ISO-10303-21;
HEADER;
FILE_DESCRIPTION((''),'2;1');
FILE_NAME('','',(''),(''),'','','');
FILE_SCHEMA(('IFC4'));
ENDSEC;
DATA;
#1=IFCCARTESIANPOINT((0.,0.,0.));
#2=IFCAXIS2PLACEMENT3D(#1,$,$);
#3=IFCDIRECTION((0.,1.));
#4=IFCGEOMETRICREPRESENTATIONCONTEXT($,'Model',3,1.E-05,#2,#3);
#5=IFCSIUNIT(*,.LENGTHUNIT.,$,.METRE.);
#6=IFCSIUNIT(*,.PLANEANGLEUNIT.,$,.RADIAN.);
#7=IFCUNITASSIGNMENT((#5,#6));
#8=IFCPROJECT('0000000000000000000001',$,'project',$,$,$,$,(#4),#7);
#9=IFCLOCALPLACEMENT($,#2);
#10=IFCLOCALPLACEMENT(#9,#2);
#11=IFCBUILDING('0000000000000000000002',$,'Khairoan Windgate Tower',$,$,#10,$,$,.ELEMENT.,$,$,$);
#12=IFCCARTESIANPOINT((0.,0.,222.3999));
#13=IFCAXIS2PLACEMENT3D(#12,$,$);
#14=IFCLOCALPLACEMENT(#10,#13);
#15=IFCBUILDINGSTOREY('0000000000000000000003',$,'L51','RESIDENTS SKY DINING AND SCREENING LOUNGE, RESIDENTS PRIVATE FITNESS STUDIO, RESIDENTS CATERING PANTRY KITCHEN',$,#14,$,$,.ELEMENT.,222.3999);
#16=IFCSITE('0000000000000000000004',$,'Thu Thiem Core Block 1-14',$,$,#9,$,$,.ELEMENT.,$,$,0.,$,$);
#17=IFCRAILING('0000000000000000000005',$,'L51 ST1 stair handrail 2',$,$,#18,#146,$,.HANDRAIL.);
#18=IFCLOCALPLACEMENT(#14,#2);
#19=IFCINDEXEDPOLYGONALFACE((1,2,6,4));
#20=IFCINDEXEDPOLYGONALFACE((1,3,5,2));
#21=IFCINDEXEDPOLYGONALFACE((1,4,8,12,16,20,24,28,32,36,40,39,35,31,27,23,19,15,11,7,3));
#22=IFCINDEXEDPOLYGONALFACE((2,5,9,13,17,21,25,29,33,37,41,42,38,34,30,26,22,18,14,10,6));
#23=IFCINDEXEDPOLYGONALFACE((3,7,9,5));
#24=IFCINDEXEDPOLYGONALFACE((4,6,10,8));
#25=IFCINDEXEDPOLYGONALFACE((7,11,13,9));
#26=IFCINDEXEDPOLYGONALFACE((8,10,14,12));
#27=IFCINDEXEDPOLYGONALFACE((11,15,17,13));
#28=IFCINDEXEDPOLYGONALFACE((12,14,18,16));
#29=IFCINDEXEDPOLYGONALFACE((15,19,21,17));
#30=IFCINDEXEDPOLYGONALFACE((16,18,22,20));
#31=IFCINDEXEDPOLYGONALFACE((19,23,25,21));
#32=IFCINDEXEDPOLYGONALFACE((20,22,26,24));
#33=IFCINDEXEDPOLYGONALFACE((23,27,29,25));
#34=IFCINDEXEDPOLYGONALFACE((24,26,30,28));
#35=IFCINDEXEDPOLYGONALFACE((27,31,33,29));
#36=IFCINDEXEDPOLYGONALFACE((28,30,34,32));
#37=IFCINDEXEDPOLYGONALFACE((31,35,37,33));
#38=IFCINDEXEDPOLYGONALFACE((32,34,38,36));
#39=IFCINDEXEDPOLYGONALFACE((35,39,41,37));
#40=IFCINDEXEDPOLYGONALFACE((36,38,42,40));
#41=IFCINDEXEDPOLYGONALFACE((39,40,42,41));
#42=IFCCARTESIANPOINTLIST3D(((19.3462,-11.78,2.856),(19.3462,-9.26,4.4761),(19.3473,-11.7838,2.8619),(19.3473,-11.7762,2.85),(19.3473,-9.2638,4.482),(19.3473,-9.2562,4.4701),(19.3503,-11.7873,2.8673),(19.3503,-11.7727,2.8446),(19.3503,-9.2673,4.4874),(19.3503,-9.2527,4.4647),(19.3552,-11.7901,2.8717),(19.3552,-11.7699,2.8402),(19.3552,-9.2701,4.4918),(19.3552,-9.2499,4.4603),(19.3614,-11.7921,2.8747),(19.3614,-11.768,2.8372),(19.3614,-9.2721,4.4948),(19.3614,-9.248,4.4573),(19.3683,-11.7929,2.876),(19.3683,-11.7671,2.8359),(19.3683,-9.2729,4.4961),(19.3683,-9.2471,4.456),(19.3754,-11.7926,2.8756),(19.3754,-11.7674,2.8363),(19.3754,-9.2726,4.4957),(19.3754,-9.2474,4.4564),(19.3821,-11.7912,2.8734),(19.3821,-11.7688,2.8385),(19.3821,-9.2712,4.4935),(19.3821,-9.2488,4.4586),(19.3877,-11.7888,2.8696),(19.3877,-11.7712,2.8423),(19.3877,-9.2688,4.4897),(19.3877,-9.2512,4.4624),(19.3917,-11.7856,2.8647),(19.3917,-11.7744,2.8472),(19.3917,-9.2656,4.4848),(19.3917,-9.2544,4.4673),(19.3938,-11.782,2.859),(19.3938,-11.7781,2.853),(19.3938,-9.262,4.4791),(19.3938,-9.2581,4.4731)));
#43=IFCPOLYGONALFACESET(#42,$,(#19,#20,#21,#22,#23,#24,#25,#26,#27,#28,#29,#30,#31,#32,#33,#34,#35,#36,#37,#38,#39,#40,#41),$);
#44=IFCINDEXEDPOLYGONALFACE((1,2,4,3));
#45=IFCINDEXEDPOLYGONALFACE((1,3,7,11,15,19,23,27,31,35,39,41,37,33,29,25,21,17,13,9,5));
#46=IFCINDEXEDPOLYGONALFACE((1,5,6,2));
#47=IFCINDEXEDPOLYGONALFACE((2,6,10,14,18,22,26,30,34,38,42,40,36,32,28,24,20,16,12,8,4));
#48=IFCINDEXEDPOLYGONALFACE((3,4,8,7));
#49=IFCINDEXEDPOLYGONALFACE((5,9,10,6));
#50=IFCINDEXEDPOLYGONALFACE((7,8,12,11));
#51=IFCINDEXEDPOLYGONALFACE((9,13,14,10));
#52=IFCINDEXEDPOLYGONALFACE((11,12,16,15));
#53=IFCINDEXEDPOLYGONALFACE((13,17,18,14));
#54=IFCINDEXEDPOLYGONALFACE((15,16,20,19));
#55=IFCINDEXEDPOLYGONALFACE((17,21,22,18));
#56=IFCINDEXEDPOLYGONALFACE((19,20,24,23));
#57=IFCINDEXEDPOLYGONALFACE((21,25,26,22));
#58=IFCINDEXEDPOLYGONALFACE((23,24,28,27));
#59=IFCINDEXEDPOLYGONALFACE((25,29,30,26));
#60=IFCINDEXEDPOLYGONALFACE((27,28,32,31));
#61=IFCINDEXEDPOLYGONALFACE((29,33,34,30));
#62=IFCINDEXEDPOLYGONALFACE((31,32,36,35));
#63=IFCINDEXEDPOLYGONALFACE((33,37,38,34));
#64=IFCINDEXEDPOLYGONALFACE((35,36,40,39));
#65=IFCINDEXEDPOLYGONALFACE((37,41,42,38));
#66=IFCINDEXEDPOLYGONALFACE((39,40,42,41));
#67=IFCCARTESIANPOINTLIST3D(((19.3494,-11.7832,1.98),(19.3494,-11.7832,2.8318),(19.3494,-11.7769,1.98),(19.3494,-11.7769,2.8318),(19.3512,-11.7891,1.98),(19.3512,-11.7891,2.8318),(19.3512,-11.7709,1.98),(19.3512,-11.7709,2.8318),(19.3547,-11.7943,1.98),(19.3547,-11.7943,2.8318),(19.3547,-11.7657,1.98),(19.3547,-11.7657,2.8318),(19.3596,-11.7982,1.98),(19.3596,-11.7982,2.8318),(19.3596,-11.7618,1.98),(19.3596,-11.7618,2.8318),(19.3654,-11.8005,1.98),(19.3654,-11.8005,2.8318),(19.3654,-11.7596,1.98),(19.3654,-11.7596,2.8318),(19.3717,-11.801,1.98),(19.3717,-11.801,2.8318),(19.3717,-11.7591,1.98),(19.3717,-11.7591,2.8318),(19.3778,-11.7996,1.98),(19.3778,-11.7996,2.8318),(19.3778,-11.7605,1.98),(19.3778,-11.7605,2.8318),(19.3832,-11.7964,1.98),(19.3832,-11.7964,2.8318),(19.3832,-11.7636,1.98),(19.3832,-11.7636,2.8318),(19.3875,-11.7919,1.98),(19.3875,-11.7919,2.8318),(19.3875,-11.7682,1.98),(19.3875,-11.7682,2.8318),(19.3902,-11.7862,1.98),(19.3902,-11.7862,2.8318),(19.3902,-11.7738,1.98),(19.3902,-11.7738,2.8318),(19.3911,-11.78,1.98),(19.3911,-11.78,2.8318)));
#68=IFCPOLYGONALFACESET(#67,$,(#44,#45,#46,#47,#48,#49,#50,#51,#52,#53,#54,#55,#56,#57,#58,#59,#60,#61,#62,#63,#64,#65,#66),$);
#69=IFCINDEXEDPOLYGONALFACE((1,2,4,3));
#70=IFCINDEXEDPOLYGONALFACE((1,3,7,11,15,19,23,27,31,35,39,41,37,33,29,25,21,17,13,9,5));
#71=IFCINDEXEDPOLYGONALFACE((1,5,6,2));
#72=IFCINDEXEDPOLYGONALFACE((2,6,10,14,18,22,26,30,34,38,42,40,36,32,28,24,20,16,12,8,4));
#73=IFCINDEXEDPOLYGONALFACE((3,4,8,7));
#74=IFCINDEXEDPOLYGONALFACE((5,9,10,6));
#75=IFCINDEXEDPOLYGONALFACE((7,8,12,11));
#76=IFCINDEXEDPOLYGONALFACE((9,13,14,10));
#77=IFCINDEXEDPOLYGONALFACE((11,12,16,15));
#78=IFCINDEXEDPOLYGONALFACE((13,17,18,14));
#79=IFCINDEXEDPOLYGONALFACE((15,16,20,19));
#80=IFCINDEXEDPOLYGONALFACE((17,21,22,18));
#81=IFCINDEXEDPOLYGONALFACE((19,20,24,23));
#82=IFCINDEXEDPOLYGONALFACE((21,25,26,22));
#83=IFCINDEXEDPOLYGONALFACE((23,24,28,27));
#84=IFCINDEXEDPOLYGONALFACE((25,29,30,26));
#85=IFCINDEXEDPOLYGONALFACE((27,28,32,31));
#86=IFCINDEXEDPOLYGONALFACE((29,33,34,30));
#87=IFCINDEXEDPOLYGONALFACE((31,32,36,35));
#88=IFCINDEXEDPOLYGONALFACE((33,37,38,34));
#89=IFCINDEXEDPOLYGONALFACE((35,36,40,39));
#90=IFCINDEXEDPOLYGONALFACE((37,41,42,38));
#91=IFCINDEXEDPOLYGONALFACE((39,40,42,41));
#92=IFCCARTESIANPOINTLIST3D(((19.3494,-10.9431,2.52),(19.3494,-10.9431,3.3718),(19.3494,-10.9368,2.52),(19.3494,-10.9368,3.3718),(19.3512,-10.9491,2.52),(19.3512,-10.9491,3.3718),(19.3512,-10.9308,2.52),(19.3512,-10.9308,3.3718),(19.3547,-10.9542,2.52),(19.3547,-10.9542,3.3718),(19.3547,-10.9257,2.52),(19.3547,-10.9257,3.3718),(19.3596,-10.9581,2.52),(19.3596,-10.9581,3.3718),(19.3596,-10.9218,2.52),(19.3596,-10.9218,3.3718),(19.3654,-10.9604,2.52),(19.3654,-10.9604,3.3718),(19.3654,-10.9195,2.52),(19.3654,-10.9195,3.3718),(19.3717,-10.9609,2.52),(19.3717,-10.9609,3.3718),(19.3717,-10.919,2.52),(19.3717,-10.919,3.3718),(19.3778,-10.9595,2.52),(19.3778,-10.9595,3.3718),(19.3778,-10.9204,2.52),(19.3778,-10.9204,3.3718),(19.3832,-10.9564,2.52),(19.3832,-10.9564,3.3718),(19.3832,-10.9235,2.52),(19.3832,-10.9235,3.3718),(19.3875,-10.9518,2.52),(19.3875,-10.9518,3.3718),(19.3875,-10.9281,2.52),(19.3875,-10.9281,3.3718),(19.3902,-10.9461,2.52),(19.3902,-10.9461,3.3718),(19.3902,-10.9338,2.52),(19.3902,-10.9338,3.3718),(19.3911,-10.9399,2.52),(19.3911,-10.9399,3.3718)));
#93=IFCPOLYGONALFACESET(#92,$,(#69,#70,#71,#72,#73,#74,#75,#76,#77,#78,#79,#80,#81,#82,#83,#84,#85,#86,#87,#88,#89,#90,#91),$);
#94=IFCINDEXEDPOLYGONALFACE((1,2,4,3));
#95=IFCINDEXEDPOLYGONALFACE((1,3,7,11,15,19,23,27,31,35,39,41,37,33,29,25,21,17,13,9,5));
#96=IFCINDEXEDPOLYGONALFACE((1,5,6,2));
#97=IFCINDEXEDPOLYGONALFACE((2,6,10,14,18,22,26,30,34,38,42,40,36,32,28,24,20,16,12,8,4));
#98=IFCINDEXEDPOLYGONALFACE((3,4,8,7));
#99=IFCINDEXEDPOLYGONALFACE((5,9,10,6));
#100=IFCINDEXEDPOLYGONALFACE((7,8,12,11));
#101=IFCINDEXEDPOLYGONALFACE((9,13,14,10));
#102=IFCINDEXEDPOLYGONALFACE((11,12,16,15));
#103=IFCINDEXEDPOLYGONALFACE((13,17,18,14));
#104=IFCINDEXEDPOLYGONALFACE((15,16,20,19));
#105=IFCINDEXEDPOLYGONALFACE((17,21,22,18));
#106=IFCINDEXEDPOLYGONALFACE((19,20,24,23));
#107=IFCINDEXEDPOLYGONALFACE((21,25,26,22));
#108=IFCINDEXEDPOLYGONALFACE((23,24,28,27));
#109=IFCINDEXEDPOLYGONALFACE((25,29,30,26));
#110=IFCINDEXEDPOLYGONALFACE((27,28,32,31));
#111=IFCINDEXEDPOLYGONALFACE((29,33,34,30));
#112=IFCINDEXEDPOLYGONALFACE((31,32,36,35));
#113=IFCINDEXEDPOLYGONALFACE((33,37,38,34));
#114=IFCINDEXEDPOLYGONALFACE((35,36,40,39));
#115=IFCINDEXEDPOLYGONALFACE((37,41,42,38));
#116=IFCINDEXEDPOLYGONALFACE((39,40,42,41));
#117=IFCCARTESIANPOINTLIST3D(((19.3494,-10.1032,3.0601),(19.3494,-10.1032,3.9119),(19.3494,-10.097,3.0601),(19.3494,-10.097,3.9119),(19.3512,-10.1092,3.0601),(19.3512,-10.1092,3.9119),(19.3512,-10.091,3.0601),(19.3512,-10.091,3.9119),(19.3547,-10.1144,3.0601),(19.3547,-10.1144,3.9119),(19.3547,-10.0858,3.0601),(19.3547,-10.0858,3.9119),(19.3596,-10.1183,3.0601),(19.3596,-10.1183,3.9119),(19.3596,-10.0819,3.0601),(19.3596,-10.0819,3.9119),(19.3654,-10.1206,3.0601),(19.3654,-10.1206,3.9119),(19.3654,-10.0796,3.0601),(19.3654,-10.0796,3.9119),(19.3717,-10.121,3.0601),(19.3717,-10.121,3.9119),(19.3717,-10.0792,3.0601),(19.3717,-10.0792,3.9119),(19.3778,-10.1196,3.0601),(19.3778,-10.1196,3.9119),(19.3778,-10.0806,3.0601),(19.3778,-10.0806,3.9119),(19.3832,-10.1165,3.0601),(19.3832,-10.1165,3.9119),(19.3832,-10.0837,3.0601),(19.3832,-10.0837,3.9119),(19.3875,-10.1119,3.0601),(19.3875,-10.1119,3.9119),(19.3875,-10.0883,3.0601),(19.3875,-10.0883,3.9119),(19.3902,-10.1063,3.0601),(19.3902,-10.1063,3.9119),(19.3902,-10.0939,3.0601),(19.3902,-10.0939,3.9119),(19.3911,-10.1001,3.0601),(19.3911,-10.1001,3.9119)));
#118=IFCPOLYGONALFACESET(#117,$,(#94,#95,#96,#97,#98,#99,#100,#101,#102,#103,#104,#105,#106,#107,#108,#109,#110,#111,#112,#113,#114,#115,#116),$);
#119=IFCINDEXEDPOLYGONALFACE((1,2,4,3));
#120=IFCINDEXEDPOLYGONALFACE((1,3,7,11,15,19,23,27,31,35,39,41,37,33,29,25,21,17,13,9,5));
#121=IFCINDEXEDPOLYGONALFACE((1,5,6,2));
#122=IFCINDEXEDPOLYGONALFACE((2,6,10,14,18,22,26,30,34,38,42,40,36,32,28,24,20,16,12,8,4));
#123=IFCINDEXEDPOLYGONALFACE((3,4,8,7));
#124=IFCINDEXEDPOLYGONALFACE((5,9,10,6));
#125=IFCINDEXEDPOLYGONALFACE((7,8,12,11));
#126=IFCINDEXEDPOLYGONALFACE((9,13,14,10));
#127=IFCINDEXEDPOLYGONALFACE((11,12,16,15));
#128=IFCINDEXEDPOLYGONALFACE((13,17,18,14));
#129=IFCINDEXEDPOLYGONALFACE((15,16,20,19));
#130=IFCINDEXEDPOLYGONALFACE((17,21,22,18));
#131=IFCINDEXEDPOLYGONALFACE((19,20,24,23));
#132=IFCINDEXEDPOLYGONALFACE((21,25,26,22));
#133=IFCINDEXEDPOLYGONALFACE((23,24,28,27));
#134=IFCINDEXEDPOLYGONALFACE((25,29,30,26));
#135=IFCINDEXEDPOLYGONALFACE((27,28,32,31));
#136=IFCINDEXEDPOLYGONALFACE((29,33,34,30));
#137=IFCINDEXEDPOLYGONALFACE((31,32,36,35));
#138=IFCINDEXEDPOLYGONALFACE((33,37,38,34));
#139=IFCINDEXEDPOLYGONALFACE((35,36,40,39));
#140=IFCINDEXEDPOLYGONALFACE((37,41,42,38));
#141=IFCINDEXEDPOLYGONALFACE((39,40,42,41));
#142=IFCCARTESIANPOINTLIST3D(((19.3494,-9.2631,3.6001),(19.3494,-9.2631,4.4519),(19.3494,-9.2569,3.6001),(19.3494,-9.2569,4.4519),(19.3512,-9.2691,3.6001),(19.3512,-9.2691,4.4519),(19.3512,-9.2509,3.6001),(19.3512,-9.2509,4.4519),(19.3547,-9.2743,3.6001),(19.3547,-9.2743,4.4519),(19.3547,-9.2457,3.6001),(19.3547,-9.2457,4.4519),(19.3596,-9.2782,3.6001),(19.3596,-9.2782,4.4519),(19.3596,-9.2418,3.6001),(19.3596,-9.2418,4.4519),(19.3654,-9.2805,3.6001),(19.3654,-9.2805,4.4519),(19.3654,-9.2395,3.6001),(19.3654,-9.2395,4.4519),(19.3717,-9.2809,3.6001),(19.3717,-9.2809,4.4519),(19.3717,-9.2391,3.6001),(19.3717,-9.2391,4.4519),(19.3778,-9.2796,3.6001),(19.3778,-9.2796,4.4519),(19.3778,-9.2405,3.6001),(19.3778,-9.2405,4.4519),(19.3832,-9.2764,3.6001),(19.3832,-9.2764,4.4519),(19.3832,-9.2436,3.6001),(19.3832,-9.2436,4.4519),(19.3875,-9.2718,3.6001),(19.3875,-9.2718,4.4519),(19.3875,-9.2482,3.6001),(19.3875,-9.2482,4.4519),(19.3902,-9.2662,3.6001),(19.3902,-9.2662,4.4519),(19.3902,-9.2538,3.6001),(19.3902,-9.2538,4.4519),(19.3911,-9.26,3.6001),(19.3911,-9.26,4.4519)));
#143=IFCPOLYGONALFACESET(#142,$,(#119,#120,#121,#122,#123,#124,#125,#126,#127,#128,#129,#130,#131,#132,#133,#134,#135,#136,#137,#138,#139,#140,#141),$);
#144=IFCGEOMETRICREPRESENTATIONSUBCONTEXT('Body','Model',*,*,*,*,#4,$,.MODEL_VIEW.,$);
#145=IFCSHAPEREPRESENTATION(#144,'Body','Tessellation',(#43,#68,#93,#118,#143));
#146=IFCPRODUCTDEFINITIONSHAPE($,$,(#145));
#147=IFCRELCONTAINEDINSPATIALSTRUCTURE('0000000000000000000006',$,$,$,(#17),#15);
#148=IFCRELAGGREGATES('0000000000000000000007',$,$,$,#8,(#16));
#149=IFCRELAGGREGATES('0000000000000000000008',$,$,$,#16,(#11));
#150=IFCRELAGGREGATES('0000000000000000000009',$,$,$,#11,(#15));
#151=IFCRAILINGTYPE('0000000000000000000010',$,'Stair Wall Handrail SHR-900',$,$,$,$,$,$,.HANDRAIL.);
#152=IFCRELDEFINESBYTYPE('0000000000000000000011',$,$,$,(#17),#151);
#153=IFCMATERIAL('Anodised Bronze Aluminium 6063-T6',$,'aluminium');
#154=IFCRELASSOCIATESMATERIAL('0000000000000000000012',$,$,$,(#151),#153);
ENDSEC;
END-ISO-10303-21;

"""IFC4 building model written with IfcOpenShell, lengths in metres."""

from ifc_helpers import new_model, si_unit, direction, frame, origin, origin_2d, place, context, subcontext, project, spatial, circle, extrude, material, type_object, element, save


model = new_model("IFC4")

# Units and contexts
model_context = context("Model", 3, precision=1e-05, world=origin(), true_north=direction((0.0, 1.0)))
body_context = subcontext(model_context, "Body", "Model", "MODEL_VIEW")
ifc_project = project(units=[si_unit("LENGTHUNIT", "METRE"), si_unit("PLANEANGLEUNIT", "RADIAN")], contexts=[model_context])

# Site, building, storey
site_placement = place(None, origin())
site = spatial("IfcSite", under=ifc_project, at=site_placement, Name="Thu Thiem Core Block 1-14", CompositionType="ELEMENT", RefElevation=0.0)
building_placement = place(site_placement, origin())
building = spatial("IfcBuilding", under=site, at=building_placement, Name="Khairoan Windgate Tower", CompositionType="ELEMENT")
storey_placement = place(building_placement, frame((0.0, 0.0, 222.3999)))
storey = spatial("IfcBuildingStorey", under=building, at=storey_placement, Name="L51", Description="RESIDENTS SKY DINING AND SCREENING LOUNGE, RESIDENTS PRIVATE FITNESS STUDIO, RESIDENTS CATERING PANTRY KITCHEN", CompositionType="ELEMENT", Elevation=222.3999)

# Railing
ifc_material_1 = material(Name="Anodised Bronze Aluminium 6063-T6", Category="aluminium")
railing_type_1 = type_object("IfcRailingType", Name="Stair Wall Handrail SHR-900", PredefinedType="HANDRAIL", material=ifc_material_1)
railing_1_placement = place(storey_placement, frame((19.3701, -11.78, 1.98)))
element("IfcRailing", 1, at=railing_1_placement, inside=storey, type_object=railing_type_1, Name="L51 ST1 stair handrail 2", PredefinedType="HANDRAIL", context=body_context, shape_type="SweptSolid", body=[
    extrude(circle(Radius=0.0239, at=origin_2d()), frame((0.0, 0.0, 0.876), z_axis=(0.0, 0.841163, 0.540782), x_axis=(-1.0, 0.0, 0.0)), (0.0, 0.0, 1.0), 2.9958),
    extrude(circle(Radius=0.021, at=origin_2d()), origin(), (0.0, 0.0, 1.0), 0.8518),
    extrude(circle(Radius=0.021, at=origin_2d()), frame((0.0, 0.8401, 0.54)), (0.0, 0.0, 1.0), 0.8518),
    extrude(circle(Radius=0.021, at=origin_2d()), frame((0.0, 1.6799, 1.0801)), (0.0, 0.0, 1.0), 0.8518),
    extrude(circle(Radius=0.021, at=origin_2d()), frame((0.0, 2.52, 1.6201)), (0.0, 0.0, 1.0), 0.8518),
])

save(model, "model.ifc")
